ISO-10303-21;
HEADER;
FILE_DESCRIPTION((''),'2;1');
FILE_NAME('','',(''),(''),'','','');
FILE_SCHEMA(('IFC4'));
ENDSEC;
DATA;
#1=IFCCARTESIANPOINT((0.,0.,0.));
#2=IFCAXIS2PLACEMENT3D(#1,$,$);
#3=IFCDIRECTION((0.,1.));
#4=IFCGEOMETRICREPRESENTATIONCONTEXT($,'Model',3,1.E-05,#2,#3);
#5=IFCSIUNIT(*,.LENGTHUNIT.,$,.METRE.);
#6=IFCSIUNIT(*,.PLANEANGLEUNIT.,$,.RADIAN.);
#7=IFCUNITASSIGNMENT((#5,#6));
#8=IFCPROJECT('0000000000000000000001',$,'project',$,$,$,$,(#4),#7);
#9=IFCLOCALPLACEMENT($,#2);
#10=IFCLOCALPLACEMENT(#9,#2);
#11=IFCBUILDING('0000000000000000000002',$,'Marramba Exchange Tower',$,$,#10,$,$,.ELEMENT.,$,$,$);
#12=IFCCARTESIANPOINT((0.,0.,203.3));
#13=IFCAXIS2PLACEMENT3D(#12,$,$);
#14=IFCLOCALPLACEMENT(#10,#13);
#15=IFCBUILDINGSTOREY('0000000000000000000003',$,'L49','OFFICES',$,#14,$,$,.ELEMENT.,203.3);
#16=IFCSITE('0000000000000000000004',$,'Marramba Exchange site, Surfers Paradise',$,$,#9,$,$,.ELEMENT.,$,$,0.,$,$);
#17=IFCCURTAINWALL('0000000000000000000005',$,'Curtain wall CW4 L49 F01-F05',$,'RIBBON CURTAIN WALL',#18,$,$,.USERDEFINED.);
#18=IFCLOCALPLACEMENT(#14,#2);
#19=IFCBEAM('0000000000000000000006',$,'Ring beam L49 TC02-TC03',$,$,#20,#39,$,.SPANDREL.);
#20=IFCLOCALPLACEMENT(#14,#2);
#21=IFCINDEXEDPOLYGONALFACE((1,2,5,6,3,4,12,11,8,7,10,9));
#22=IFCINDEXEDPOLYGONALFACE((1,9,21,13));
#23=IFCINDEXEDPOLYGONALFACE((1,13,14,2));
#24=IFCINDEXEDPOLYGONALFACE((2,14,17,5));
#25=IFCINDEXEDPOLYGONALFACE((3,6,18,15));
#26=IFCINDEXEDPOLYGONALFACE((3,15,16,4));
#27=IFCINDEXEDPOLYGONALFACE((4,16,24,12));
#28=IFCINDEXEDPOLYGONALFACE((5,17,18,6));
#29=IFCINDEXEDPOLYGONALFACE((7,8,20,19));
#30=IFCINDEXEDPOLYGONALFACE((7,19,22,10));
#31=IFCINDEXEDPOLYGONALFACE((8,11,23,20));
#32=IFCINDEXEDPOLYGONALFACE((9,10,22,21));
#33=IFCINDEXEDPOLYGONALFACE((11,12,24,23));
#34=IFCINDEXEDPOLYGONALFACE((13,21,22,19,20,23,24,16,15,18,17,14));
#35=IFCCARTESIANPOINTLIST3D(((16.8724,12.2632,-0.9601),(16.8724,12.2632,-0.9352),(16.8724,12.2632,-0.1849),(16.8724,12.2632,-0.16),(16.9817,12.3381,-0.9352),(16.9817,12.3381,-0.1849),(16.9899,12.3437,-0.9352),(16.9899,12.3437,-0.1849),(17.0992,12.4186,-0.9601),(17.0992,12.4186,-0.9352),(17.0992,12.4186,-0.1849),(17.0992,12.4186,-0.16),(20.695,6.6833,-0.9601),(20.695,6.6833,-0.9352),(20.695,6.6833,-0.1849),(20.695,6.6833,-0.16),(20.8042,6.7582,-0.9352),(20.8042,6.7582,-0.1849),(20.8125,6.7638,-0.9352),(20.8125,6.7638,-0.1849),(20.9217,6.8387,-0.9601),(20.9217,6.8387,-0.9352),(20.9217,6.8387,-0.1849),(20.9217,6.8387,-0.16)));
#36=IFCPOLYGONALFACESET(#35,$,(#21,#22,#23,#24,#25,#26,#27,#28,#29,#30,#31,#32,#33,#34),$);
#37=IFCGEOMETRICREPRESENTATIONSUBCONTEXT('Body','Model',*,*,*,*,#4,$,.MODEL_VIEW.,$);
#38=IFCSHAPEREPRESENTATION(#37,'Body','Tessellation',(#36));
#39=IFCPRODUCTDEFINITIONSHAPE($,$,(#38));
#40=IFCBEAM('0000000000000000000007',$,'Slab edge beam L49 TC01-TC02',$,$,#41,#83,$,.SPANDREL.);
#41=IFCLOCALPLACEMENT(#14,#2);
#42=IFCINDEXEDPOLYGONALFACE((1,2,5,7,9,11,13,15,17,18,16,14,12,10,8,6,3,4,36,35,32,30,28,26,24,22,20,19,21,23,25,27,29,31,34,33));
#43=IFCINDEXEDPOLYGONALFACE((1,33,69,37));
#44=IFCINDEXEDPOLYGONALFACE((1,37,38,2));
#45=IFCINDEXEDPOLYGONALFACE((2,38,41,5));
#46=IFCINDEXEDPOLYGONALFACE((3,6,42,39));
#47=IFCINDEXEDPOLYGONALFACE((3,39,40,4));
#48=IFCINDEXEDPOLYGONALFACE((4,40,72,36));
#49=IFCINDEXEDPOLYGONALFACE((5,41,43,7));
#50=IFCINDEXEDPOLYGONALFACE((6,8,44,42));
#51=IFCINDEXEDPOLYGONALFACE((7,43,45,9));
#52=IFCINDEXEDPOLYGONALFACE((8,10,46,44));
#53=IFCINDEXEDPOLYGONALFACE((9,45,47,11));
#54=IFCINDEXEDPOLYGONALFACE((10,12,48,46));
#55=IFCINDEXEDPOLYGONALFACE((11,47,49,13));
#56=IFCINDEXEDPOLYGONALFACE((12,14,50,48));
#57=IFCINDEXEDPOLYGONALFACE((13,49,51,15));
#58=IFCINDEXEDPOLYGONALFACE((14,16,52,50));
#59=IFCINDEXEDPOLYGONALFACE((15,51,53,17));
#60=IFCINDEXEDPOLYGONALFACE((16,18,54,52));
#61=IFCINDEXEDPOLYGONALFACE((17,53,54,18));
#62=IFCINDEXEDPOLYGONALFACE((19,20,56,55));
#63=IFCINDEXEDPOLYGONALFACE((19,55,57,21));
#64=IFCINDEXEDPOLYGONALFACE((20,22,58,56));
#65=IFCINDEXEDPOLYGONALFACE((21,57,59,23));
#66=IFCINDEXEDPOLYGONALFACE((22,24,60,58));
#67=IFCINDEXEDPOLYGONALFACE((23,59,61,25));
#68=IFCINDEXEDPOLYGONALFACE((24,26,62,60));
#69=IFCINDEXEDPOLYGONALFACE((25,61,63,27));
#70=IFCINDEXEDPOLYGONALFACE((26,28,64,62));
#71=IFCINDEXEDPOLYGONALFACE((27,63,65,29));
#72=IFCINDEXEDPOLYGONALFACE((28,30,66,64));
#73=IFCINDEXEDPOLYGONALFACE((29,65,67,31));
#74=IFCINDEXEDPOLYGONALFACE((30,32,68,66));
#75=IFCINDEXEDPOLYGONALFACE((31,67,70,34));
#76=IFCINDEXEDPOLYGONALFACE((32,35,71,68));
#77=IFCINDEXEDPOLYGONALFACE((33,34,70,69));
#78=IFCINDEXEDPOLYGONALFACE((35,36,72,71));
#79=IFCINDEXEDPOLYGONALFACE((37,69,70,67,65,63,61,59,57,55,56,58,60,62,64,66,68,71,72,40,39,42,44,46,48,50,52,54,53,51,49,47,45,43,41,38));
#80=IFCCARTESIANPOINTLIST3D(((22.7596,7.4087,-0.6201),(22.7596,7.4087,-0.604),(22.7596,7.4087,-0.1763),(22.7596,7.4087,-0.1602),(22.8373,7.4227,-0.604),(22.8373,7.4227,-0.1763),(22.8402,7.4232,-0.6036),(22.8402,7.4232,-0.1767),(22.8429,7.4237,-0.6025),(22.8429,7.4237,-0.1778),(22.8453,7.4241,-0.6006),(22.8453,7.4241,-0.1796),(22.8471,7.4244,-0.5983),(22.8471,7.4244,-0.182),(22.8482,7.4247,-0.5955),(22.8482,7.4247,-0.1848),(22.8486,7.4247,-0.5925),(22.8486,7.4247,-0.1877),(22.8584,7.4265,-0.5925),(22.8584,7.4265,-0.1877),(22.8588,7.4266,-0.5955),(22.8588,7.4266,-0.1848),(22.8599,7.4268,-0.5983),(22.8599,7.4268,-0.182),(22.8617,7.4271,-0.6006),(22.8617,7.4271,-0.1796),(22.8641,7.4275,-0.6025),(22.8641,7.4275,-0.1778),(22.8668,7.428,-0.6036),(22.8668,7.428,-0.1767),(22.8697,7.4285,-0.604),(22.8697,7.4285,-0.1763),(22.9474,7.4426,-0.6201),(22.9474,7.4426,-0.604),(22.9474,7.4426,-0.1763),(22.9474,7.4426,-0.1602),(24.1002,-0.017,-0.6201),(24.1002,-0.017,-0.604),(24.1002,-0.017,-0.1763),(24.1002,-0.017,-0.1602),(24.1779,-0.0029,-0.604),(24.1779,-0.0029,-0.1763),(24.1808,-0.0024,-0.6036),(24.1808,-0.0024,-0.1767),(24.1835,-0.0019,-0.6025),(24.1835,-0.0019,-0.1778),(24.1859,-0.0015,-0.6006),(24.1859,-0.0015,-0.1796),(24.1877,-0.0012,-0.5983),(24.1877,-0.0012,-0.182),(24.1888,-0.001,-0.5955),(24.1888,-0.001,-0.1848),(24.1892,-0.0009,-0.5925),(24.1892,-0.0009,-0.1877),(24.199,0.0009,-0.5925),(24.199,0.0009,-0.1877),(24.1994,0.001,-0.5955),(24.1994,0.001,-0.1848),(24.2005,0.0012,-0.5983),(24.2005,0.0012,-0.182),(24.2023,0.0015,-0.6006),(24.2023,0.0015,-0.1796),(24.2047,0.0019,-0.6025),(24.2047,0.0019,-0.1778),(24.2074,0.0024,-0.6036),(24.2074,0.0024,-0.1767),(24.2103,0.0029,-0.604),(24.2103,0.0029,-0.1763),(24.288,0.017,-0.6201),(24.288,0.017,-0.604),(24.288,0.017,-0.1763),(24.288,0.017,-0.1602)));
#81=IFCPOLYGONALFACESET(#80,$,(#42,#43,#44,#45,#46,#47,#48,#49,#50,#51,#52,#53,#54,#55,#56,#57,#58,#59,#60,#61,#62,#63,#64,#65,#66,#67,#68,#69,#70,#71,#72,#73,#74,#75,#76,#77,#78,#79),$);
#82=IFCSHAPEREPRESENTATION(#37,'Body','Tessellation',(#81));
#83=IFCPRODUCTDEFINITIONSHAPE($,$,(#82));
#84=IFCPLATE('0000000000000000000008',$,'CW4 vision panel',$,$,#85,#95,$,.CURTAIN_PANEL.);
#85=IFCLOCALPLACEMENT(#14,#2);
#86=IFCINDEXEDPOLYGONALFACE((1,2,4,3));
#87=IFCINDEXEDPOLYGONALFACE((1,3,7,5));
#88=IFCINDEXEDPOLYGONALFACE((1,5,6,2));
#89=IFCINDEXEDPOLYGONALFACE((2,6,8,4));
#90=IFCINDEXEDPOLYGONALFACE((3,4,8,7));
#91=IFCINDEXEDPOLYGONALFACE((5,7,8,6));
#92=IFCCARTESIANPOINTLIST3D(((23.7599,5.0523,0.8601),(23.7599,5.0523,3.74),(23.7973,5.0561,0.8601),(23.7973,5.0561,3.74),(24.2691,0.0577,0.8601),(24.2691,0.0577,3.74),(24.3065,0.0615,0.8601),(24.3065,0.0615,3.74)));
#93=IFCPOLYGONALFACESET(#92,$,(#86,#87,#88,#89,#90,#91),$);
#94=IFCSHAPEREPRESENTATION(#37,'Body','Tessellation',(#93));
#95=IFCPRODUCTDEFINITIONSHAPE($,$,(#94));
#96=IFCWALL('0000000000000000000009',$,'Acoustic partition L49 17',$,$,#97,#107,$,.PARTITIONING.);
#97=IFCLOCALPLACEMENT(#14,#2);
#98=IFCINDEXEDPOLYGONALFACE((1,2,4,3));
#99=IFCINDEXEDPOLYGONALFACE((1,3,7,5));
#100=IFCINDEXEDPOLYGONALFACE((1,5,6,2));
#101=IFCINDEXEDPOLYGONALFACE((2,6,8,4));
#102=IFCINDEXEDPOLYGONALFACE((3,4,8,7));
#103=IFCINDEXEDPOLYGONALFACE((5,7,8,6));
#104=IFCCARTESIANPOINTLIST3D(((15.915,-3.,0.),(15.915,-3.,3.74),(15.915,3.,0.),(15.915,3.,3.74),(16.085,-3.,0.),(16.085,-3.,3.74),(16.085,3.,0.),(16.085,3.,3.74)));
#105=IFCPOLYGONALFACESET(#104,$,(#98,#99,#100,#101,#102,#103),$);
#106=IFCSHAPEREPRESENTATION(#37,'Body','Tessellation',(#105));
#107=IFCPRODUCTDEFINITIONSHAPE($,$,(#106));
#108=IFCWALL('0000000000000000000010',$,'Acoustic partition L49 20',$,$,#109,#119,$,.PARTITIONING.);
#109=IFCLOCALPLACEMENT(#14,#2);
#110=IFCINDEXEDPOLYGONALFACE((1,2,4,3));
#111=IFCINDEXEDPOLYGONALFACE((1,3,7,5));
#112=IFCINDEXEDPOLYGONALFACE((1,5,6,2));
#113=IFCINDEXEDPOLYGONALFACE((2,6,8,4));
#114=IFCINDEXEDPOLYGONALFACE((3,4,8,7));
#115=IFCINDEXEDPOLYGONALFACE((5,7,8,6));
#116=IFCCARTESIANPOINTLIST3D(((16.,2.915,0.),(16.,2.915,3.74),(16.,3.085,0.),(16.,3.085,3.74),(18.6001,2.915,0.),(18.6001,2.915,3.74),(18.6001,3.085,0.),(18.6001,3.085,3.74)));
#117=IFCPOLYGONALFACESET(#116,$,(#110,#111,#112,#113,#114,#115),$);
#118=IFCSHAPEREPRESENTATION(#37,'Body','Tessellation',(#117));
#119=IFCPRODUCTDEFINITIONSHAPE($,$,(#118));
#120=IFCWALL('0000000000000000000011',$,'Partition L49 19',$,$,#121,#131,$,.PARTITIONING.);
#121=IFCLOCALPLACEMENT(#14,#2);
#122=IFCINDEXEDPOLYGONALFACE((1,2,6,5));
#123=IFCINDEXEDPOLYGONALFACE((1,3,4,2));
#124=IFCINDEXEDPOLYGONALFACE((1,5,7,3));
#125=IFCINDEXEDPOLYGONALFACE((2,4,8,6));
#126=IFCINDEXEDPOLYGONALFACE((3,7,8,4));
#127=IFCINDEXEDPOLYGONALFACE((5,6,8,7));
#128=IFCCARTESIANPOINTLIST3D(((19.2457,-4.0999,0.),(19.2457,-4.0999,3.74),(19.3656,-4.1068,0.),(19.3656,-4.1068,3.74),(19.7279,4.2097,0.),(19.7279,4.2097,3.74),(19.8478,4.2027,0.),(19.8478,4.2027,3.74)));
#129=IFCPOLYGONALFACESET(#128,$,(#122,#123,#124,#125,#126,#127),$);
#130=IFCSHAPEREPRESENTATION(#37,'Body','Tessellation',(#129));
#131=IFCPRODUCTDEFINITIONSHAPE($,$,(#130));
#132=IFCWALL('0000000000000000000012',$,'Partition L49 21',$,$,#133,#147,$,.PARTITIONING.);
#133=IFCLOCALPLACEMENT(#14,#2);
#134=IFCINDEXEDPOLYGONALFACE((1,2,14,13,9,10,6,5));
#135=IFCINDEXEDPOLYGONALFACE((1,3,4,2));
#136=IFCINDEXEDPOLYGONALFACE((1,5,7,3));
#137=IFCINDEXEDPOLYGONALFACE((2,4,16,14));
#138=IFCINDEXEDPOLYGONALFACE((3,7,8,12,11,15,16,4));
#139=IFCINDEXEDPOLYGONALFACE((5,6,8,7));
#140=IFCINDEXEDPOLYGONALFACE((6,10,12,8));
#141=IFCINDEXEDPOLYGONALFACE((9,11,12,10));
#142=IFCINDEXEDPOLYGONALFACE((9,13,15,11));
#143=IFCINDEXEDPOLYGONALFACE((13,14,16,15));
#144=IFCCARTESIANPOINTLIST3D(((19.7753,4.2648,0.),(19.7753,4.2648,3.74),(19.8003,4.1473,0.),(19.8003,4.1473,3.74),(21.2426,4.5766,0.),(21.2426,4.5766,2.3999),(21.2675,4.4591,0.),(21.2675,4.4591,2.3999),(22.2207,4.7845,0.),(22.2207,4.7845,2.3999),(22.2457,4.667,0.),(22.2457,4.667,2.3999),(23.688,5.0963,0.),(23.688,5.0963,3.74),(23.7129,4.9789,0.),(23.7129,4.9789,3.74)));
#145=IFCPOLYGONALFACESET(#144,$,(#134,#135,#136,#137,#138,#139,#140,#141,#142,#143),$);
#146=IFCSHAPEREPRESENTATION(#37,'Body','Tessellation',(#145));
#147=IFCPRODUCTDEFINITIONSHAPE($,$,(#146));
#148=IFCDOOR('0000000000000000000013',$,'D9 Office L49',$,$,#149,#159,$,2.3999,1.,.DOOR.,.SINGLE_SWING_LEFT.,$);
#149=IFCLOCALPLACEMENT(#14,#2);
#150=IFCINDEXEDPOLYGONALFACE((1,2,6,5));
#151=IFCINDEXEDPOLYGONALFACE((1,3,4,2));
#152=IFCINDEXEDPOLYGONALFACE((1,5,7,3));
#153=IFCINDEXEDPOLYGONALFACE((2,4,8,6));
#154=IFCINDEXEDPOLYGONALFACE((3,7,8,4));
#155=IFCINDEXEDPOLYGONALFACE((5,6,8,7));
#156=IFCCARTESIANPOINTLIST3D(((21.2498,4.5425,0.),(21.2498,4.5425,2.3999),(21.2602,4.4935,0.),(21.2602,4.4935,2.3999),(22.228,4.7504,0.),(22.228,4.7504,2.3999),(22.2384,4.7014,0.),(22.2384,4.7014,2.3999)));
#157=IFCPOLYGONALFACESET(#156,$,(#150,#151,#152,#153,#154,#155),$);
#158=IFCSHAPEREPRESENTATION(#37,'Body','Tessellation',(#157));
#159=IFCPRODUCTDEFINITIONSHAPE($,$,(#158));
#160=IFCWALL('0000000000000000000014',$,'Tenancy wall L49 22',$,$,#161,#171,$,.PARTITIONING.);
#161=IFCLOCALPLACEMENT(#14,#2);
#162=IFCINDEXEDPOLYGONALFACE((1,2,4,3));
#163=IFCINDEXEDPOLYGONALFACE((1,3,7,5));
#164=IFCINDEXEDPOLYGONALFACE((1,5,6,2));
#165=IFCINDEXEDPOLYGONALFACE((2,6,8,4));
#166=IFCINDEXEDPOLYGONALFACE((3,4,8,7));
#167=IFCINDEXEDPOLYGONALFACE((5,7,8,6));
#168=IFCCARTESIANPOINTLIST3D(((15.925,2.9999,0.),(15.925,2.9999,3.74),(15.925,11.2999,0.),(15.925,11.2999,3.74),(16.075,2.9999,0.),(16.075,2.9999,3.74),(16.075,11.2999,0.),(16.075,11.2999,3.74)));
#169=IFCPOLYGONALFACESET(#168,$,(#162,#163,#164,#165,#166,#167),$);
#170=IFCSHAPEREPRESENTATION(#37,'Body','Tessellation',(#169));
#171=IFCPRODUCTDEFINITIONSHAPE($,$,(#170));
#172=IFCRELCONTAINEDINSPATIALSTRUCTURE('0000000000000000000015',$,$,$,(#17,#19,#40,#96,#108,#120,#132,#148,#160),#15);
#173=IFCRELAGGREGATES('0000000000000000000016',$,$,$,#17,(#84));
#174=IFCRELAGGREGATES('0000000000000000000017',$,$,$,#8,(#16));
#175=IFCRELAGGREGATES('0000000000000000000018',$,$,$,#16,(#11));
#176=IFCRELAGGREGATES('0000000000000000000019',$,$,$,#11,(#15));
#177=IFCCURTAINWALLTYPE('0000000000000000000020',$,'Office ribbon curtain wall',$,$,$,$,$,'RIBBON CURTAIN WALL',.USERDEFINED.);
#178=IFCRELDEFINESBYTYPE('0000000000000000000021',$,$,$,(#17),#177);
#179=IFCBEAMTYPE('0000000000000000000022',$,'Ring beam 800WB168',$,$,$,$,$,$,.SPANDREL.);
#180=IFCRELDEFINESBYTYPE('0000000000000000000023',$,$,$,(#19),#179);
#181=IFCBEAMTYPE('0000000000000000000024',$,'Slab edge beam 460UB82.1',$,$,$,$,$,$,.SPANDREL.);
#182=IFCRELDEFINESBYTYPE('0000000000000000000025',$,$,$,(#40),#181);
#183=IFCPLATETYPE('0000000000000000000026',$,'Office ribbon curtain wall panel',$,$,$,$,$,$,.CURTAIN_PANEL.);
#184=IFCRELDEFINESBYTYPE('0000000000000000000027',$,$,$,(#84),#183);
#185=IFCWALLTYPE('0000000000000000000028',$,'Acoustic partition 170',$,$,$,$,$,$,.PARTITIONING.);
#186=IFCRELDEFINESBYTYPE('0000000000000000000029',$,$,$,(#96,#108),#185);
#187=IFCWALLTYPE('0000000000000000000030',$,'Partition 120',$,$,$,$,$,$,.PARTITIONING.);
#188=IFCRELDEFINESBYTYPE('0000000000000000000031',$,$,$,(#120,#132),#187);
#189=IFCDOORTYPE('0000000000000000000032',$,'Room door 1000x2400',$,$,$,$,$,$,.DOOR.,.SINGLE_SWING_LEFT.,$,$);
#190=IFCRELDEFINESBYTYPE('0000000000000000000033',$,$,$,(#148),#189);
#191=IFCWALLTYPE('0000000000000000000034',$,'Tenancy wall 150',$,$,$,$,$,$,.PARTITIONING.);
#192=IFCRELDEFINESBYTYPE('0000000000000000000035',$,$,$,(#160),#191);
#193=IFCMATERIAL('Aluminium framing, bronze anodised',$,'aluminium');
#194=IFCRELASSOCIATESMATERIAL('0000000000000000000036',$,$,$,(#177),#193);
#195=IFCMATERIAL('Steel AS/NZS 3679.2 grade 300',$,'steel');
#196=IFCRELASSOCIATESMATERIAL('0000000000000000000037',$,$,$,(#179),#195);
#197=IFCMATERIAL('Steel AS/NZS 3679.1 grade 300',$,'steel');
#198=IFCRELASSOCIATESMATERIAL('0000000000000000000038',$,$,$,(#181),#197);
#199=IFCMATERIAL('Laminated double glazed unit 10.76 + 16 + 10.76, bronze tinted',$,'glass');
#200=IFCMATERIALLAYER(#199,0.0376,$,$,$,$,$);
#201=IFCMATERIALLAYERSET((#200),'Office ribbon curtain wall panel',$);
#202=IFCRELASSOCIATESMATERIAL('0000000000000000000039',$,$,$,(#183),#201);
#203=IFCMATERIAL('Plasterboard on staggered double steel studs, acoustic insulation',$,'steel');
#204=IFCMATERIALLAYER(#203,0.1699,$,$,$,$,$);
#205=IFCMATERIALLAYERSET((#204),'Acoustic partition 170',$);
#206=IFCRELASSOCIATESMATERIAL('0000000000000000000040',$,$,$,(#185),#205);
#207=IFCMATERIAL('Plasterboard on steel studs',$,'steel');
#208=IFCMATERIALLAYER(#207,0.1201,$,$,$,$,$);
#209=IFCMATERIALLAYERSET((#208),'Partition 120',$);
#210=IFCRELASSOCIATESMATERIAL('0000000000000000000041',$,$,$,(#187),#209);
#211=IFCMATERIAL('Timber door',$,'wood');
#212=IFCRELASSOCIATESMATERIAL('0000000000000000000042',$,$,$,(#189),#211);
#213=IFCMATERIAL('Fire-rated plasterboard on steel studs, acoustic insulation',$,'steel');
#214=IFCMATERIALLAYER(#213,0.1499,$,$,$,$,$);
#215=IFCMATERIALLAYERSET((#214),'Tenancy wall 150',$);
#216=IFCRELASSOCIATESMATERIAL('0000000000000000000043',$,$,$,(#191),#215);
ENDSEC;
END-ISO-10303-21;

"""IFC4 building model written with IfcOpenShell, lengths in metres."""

from ifc_helpers import new_model, si_unit, direction, frame, frame_2d, origin, origin_2d, place, context, subcontext, project, spatial, rectangle, i_section, extrude, material, layer, layer_set, material_profile, profile_set, type_object, element, fill, aggregate, save


model = new_model("IFC4")

# Units and contexts
model_context = context("Model", 3, precision=1e-05, world=origin(), true_north=direction((0.0, 1.0)))
body_context = subcontext(model_context, "Body", "Model", "MODEL_VIEW")
ifc_project = project(units=[si_unit("LENGTHUNIT", "METRE"), si_unit("PLANEANGLEUNIT", "RADIAN")], contexts=[model_context])

# Site, building, storey
site_placement = place(None, origin())
site = spatial("IfcSite", under=ifc_project, at=site_placement, Name="Marramba Exchange site, Surfers Paradise", CompositionType="ELEMENT", RefElevation=0.0)
building_placement = place(site_placement, origin())
building = spatial("IfcBuilding", under=site, at=building_placement, Name="Marramba Exchange Tower", CompositionType="ELEMENT")
storey_placement = place(building_placement, frame((0.0, 0.0, 203.3)))
storey = spatial("IfcBuildingStorey", under=building, at=storey_placement, Name="L49", Description="OFFICES", CompositionType="ELEMENT", Elevation=203.3)

# Shared definitions
ifc_material_1 = material(Name="Steel AS/NZS 3679.2 grade 300", Category="steel")
ifc_material_2 = material(Name="Steel AS/NZS 3679.1 grade 300", Category="steel")

# Curtain wall
ifc_material_3 = material(Name="Aluminium framing, bronze anodised", Category="aluminium")
curtain_wall_type = type_object("IfcCurtainWallType", Name="Office ribbon curtain wall", ElementType="RIBBON CURTAIN WALL", PredefinedType="USERDEFINED", material=ifc_material_3)
curtain_wall_placement = place(storey_placement, origin())
curtain_wall = element("IfcCurtainWall", 1, at=curtain_wall_placement, inside=storey, type_object=curtain_wall_type, Name="Curtain wall CW4 L49 F01-F05", ObjectType="RIBBON CURTAIN WALL", PredefinedType="USERDEFINED")

# Beams
ifc_material_profile_1 = material_profile(ifc_material_1, i_section(OverallWidth=0.2749, OverallDepth=0.8, WebThickness=0.01, FlangeThickness=0.0249, at=origin_2d()), Name="800WB168")
ifc_profile_set_1 = profile_set([ifc_material_profile_1], Name="Steel AS/NZS 3679.2 grade 300")
beam_type_1 = type_object("IfcBeamType", Name="Ring beam 800WB168", PredefinedType="SPANDREL", material=ifc_profile_set_1)
beam_1_placement = place(storey_placement, frame((20.8083, 6.761, -0.5601), z_axis=(-0.56516, 0.824981, 0.0), x_axis=(-0.824981, -0.56516, 0.0)))
element("IfcBeam", 2, at=beam_1_placement, inside=storey, type_object=beam_type_1, Name="Ring beam L49 TC02-TC03", PredefinedType="SPANDREL", context=body_context, shape_type="SweptSolid", body=[
    extrude(i_section(OverallWidth=0.2749, OverallDepth=0.8, WebThickness=0.01, FlangeThickness=0.0249, at=origin_2d()), origin(), (0.0, 0.0, 1.0), 6.7637),
])
ifc_material_profile_2 = material_profile(ifc_material_2, i_section(OverallWidth=0.1909, OverallDepth=0.46, WebThickness=0.01, FlangeThickness=0.0161, FilletRadius=0.0115, at=origin_2d()), Name="460UB82.1")
ifc_profile_set_2 = profile_set([ifc_material_profile_2], Name="Steel AS/NZS 3679.1 grade 300")
beam_type_2 = type_object("IfcBeamType", Name="Slab edge beam 460UB82.1", PredefinedType="SPANDREL", material=ifc_profile_set_2)
beam_2_placement = place(storey_placement, frame((24.1941, 0.0, -0.3901), z_axis=(-0.177664, 0.984091, 0.0), x_axis=(-0.984091, -0.177664, 0.0)))
element("IfcBeam", 3, at=beam_2_placement, inside=storey, type_object=beam_type_2, Name="Slab edge beam L49 TC01-TC02", PredefinedType="SPANDREL", context=body_context, shape_type="SweptSolid", body=[
    extrude(i_section(OverallWidth=0.1909, OverallDepth=0.46, WebThickness=0.01, FlangeThickness=0.0161, FilletRadius=0.0115, at=origin_2d()), origin(), (0.0, 0.0, 1.0), 7.5457),
])

# Plate
ifc_material_4 = material(Name="Laminated double glazed unit 10.76 + 16 + 10.76, bronze tinted", Category="glass")
ifc_layer_1 = layer(ifc_material_4, 0.0376)
ifc_layer_set_1 = layer_set([ifc_layer_1], Name="Office ribbon curtain wall panel")
plate_type = type_object("IfcPlateType", Name="Office ribbon curtain wall panel", PredefinedType="CURTAIN_PANEL", material=ifc_layer_set_1)
plate_placement = place(storey_placement, frame((24.0332, 2.5569, 0.8601), z_axis=(0.0, 0.0, 1.0), x_axis=(-0.101422, 0.994843, 0.0)))
plate = element("IfcPlate", 4, at=plate_placement, type_object=plate_type, Name="CW4 vision panel", PredefinedType="CURTAIN_PANEL", context=body_context, shape_type="SweptSolid", body=[
    extrude(rectangle(XDim=5.0205, YDim=0.0376, at=origin_2d()), origin(), (0.0, 0.0, 1.0), 2.8799),
])
aggregate(curtain_wall, [plate])

# Walls
ifc_material_5 = material(Name="Plasterboard on staggered double steel studs, acoustic insulation", Category="steel")
ifc_layer_2 = layer(ifc_material_5, 0.1699)
ifc_layer_set_2 = layer_set([ifc_layer_2], Name="Acoustic partition 170")
wall_type_1 = type_object("IfcWallType", Name="Acoustic partition 170", PredefinedType="PARTITIONING", material=ifc_layer_set_2)
wall_1_placement = place(storey_placement, frame((16.0, 3.0, 0.0), z_axis=(0.0, 0.0, 1.0), x_axis=(0.0, -1.0, 0.0)))
element("IfcWall", 5, at=wall_1_placement, inside=storey, type_object=wall_type_1, Name="Acoustic partition L49 17", PredefinedType="PARTITIONING", context=body_context, shape_type="SweptSolid", body=[
    extrude(rectangle(XDim=6.0, YDim=0.1699, at=frame_2d((3.0, 0.0))), origin(), (0.0, 0.0, 1.0), 3.74),
])
wall_2_placement = place(storey_placement, frame((18.6001, 3.0, 0.0), z_axis=(0.0, 0.0, 1.0), x_axis=(-1.0, 0.0, 0.0)))
element("IfcWall", 6, at=wall_2_placement, inside=storey, type_object=wall_type_1, Name="Acoustic partition L49 20", PredefinedType="PARTITIONING", context=body_context, shape_type="SweptSolid", body=[
    extrude(rectangle(XDim=2.6001, YDim=0.1699, at=frame_2d((1.3, 0.0))), origin(), (0.0, 0.0, 1.0), 3.74),
])
ifc_material_6 = material(Name="Plasterboard on steel studs", Category="steel")
ifc_layer_3 = layer(ifc_material_6, 0.1201)
ifc_layer_set_3 = layer_set([ifc_layer_3], Name="Partition 120")
wall_type_2 = type_object("IfcWallType", Name="Partition 120", PredefinedType="PARTITIONING", material=ifc_layer_set_3)
wall_3_placement = place(storey_placement, frame((19.7878, 4.2061, 0.0), z_axis=(0.0, 0.0, 1.0), x_axis=(-0.057929, -0.998321, 0.0)))
element("IfcWall", 7, at=wall_3_placement, inside=storey, type_object=wall_type_2, Name="Partition L49 19", PredefinedType="PARTITIONING", context=body_context, shape_type="SweptSolid", body=[
    extrude(rectangle(XDim=8.3235, YDim=0.1201, at=frame_2d((4.1616, 0.0))), origin(), (0.0, 0.0, 1.0), 3.74),
])

# Wall, opening, door
wall_4_placement = place(storey_placement, frame((23.7004, 5.0376, 0.0), z_axis=(0.0, 0.0, 1.0), x_axis=(-0.978153, -0.207886, 0.0)))
wall_4 = element("IfcWall", 8, at=wall_4_placement, inside=storey, type_object=wall_type_2, Name="Partition L49 21", PredefinedType="PARTITIONING", context=body_context, shape_type="SweptSolid", body=[
    extrude(rectangle(XDim=4.0, YDim=0.1201, at=frame_2d((2.0, 0.0))), origin(), (0.0, 0.0, 1.0), 3.74),
])
opening_placement = place(wall_4_placement, frame((1.5, 0.0, 0.0)))
opening = element("IfcOpeningElement", 9, at=opening_placement, cuts=wall_4, PredefinedType="OPENING", context=body_context, shape_type="SweptSolid", body=[
    extrude(rectangle(XDim=1.0, YDim=2.3999, at=frame_2d((0.5, 1.2))), frame((0.0, 0.0701, 0.0), z_axis=(0.0, -1.0, 0.0), x_axis=(1.0, 0.0, 0.0)), (0.0, 0.0, 1.0), 0.1401),
])
ifc_material_7 = material(Name="Timber door", Category="wood")
door_type = type_object("IfcDoorType", Name="Room door 1000x2400", OperationType="SINGLE_SWING_LEFT", PredefinedType="DOOR", material=ifc_material_7)
door_placement = place(opening_placement, origin())
door = element("IfcDoor", 10, at=door_placement, inside=storey, type_object=door_type, Name="D9 Office L49", OperationType="SINGLE_SWING_LEFT", OverallHeight=2.3999, OverallWidth=1.0, PredefinedType="DOOR", context=body_context, shape_type="SweptSolid", body=[
    extrude(rectangle(XDim=1.0, YDim=2.3999, at=frame_2d((0.5, 1.2))), frame((0.0, 0.0249, 0.0), z_axis=(0.0, -1.0, 0.0), x_axis=(1.0, 0.0, 0.0)), (0.0, 0.0, 1.0), 0.05),
])
fill(opening, door)

# Wall
ifc_material_8 = material(Name="Fire-rated plasterboard on steel studs, acoustic insulation", Category="steel")
ifc_layer_4 = layer(ifc_material_8, 0.1499)
ifc_layer_set_4 = layer_set([ifc_layer_4], Name="Tenancy wall 150")
wall_type_3 = type_object("IfcWallType", Name="Tenancy wall 150", PredefinedType="PARTITIONING", material=ifc_layer_set_4)
wall_5_placement = place(storey_placement, frame((16.0, 3.0, 0.0), z_axis=(0.0, 0.0, 1.0), x_axis=(0.0, 1.0, 0.0)))
element("IfcWall", 11, at=wall_5_placement, inside=storey, type_object=wall_type_3, Name="Tenancy wall L49 22", PredefinedType="PARTITIONING", context=body_context, shape_type="SweptSolid", body=[
    extrude(rectangle(XDim=8.3, YDim=0.1499, at=frame_2d((4.1499, 0.0))), origin(), (0.0, 0.0, 1.0), 3.74),
])

save(model, "model.ifc")
